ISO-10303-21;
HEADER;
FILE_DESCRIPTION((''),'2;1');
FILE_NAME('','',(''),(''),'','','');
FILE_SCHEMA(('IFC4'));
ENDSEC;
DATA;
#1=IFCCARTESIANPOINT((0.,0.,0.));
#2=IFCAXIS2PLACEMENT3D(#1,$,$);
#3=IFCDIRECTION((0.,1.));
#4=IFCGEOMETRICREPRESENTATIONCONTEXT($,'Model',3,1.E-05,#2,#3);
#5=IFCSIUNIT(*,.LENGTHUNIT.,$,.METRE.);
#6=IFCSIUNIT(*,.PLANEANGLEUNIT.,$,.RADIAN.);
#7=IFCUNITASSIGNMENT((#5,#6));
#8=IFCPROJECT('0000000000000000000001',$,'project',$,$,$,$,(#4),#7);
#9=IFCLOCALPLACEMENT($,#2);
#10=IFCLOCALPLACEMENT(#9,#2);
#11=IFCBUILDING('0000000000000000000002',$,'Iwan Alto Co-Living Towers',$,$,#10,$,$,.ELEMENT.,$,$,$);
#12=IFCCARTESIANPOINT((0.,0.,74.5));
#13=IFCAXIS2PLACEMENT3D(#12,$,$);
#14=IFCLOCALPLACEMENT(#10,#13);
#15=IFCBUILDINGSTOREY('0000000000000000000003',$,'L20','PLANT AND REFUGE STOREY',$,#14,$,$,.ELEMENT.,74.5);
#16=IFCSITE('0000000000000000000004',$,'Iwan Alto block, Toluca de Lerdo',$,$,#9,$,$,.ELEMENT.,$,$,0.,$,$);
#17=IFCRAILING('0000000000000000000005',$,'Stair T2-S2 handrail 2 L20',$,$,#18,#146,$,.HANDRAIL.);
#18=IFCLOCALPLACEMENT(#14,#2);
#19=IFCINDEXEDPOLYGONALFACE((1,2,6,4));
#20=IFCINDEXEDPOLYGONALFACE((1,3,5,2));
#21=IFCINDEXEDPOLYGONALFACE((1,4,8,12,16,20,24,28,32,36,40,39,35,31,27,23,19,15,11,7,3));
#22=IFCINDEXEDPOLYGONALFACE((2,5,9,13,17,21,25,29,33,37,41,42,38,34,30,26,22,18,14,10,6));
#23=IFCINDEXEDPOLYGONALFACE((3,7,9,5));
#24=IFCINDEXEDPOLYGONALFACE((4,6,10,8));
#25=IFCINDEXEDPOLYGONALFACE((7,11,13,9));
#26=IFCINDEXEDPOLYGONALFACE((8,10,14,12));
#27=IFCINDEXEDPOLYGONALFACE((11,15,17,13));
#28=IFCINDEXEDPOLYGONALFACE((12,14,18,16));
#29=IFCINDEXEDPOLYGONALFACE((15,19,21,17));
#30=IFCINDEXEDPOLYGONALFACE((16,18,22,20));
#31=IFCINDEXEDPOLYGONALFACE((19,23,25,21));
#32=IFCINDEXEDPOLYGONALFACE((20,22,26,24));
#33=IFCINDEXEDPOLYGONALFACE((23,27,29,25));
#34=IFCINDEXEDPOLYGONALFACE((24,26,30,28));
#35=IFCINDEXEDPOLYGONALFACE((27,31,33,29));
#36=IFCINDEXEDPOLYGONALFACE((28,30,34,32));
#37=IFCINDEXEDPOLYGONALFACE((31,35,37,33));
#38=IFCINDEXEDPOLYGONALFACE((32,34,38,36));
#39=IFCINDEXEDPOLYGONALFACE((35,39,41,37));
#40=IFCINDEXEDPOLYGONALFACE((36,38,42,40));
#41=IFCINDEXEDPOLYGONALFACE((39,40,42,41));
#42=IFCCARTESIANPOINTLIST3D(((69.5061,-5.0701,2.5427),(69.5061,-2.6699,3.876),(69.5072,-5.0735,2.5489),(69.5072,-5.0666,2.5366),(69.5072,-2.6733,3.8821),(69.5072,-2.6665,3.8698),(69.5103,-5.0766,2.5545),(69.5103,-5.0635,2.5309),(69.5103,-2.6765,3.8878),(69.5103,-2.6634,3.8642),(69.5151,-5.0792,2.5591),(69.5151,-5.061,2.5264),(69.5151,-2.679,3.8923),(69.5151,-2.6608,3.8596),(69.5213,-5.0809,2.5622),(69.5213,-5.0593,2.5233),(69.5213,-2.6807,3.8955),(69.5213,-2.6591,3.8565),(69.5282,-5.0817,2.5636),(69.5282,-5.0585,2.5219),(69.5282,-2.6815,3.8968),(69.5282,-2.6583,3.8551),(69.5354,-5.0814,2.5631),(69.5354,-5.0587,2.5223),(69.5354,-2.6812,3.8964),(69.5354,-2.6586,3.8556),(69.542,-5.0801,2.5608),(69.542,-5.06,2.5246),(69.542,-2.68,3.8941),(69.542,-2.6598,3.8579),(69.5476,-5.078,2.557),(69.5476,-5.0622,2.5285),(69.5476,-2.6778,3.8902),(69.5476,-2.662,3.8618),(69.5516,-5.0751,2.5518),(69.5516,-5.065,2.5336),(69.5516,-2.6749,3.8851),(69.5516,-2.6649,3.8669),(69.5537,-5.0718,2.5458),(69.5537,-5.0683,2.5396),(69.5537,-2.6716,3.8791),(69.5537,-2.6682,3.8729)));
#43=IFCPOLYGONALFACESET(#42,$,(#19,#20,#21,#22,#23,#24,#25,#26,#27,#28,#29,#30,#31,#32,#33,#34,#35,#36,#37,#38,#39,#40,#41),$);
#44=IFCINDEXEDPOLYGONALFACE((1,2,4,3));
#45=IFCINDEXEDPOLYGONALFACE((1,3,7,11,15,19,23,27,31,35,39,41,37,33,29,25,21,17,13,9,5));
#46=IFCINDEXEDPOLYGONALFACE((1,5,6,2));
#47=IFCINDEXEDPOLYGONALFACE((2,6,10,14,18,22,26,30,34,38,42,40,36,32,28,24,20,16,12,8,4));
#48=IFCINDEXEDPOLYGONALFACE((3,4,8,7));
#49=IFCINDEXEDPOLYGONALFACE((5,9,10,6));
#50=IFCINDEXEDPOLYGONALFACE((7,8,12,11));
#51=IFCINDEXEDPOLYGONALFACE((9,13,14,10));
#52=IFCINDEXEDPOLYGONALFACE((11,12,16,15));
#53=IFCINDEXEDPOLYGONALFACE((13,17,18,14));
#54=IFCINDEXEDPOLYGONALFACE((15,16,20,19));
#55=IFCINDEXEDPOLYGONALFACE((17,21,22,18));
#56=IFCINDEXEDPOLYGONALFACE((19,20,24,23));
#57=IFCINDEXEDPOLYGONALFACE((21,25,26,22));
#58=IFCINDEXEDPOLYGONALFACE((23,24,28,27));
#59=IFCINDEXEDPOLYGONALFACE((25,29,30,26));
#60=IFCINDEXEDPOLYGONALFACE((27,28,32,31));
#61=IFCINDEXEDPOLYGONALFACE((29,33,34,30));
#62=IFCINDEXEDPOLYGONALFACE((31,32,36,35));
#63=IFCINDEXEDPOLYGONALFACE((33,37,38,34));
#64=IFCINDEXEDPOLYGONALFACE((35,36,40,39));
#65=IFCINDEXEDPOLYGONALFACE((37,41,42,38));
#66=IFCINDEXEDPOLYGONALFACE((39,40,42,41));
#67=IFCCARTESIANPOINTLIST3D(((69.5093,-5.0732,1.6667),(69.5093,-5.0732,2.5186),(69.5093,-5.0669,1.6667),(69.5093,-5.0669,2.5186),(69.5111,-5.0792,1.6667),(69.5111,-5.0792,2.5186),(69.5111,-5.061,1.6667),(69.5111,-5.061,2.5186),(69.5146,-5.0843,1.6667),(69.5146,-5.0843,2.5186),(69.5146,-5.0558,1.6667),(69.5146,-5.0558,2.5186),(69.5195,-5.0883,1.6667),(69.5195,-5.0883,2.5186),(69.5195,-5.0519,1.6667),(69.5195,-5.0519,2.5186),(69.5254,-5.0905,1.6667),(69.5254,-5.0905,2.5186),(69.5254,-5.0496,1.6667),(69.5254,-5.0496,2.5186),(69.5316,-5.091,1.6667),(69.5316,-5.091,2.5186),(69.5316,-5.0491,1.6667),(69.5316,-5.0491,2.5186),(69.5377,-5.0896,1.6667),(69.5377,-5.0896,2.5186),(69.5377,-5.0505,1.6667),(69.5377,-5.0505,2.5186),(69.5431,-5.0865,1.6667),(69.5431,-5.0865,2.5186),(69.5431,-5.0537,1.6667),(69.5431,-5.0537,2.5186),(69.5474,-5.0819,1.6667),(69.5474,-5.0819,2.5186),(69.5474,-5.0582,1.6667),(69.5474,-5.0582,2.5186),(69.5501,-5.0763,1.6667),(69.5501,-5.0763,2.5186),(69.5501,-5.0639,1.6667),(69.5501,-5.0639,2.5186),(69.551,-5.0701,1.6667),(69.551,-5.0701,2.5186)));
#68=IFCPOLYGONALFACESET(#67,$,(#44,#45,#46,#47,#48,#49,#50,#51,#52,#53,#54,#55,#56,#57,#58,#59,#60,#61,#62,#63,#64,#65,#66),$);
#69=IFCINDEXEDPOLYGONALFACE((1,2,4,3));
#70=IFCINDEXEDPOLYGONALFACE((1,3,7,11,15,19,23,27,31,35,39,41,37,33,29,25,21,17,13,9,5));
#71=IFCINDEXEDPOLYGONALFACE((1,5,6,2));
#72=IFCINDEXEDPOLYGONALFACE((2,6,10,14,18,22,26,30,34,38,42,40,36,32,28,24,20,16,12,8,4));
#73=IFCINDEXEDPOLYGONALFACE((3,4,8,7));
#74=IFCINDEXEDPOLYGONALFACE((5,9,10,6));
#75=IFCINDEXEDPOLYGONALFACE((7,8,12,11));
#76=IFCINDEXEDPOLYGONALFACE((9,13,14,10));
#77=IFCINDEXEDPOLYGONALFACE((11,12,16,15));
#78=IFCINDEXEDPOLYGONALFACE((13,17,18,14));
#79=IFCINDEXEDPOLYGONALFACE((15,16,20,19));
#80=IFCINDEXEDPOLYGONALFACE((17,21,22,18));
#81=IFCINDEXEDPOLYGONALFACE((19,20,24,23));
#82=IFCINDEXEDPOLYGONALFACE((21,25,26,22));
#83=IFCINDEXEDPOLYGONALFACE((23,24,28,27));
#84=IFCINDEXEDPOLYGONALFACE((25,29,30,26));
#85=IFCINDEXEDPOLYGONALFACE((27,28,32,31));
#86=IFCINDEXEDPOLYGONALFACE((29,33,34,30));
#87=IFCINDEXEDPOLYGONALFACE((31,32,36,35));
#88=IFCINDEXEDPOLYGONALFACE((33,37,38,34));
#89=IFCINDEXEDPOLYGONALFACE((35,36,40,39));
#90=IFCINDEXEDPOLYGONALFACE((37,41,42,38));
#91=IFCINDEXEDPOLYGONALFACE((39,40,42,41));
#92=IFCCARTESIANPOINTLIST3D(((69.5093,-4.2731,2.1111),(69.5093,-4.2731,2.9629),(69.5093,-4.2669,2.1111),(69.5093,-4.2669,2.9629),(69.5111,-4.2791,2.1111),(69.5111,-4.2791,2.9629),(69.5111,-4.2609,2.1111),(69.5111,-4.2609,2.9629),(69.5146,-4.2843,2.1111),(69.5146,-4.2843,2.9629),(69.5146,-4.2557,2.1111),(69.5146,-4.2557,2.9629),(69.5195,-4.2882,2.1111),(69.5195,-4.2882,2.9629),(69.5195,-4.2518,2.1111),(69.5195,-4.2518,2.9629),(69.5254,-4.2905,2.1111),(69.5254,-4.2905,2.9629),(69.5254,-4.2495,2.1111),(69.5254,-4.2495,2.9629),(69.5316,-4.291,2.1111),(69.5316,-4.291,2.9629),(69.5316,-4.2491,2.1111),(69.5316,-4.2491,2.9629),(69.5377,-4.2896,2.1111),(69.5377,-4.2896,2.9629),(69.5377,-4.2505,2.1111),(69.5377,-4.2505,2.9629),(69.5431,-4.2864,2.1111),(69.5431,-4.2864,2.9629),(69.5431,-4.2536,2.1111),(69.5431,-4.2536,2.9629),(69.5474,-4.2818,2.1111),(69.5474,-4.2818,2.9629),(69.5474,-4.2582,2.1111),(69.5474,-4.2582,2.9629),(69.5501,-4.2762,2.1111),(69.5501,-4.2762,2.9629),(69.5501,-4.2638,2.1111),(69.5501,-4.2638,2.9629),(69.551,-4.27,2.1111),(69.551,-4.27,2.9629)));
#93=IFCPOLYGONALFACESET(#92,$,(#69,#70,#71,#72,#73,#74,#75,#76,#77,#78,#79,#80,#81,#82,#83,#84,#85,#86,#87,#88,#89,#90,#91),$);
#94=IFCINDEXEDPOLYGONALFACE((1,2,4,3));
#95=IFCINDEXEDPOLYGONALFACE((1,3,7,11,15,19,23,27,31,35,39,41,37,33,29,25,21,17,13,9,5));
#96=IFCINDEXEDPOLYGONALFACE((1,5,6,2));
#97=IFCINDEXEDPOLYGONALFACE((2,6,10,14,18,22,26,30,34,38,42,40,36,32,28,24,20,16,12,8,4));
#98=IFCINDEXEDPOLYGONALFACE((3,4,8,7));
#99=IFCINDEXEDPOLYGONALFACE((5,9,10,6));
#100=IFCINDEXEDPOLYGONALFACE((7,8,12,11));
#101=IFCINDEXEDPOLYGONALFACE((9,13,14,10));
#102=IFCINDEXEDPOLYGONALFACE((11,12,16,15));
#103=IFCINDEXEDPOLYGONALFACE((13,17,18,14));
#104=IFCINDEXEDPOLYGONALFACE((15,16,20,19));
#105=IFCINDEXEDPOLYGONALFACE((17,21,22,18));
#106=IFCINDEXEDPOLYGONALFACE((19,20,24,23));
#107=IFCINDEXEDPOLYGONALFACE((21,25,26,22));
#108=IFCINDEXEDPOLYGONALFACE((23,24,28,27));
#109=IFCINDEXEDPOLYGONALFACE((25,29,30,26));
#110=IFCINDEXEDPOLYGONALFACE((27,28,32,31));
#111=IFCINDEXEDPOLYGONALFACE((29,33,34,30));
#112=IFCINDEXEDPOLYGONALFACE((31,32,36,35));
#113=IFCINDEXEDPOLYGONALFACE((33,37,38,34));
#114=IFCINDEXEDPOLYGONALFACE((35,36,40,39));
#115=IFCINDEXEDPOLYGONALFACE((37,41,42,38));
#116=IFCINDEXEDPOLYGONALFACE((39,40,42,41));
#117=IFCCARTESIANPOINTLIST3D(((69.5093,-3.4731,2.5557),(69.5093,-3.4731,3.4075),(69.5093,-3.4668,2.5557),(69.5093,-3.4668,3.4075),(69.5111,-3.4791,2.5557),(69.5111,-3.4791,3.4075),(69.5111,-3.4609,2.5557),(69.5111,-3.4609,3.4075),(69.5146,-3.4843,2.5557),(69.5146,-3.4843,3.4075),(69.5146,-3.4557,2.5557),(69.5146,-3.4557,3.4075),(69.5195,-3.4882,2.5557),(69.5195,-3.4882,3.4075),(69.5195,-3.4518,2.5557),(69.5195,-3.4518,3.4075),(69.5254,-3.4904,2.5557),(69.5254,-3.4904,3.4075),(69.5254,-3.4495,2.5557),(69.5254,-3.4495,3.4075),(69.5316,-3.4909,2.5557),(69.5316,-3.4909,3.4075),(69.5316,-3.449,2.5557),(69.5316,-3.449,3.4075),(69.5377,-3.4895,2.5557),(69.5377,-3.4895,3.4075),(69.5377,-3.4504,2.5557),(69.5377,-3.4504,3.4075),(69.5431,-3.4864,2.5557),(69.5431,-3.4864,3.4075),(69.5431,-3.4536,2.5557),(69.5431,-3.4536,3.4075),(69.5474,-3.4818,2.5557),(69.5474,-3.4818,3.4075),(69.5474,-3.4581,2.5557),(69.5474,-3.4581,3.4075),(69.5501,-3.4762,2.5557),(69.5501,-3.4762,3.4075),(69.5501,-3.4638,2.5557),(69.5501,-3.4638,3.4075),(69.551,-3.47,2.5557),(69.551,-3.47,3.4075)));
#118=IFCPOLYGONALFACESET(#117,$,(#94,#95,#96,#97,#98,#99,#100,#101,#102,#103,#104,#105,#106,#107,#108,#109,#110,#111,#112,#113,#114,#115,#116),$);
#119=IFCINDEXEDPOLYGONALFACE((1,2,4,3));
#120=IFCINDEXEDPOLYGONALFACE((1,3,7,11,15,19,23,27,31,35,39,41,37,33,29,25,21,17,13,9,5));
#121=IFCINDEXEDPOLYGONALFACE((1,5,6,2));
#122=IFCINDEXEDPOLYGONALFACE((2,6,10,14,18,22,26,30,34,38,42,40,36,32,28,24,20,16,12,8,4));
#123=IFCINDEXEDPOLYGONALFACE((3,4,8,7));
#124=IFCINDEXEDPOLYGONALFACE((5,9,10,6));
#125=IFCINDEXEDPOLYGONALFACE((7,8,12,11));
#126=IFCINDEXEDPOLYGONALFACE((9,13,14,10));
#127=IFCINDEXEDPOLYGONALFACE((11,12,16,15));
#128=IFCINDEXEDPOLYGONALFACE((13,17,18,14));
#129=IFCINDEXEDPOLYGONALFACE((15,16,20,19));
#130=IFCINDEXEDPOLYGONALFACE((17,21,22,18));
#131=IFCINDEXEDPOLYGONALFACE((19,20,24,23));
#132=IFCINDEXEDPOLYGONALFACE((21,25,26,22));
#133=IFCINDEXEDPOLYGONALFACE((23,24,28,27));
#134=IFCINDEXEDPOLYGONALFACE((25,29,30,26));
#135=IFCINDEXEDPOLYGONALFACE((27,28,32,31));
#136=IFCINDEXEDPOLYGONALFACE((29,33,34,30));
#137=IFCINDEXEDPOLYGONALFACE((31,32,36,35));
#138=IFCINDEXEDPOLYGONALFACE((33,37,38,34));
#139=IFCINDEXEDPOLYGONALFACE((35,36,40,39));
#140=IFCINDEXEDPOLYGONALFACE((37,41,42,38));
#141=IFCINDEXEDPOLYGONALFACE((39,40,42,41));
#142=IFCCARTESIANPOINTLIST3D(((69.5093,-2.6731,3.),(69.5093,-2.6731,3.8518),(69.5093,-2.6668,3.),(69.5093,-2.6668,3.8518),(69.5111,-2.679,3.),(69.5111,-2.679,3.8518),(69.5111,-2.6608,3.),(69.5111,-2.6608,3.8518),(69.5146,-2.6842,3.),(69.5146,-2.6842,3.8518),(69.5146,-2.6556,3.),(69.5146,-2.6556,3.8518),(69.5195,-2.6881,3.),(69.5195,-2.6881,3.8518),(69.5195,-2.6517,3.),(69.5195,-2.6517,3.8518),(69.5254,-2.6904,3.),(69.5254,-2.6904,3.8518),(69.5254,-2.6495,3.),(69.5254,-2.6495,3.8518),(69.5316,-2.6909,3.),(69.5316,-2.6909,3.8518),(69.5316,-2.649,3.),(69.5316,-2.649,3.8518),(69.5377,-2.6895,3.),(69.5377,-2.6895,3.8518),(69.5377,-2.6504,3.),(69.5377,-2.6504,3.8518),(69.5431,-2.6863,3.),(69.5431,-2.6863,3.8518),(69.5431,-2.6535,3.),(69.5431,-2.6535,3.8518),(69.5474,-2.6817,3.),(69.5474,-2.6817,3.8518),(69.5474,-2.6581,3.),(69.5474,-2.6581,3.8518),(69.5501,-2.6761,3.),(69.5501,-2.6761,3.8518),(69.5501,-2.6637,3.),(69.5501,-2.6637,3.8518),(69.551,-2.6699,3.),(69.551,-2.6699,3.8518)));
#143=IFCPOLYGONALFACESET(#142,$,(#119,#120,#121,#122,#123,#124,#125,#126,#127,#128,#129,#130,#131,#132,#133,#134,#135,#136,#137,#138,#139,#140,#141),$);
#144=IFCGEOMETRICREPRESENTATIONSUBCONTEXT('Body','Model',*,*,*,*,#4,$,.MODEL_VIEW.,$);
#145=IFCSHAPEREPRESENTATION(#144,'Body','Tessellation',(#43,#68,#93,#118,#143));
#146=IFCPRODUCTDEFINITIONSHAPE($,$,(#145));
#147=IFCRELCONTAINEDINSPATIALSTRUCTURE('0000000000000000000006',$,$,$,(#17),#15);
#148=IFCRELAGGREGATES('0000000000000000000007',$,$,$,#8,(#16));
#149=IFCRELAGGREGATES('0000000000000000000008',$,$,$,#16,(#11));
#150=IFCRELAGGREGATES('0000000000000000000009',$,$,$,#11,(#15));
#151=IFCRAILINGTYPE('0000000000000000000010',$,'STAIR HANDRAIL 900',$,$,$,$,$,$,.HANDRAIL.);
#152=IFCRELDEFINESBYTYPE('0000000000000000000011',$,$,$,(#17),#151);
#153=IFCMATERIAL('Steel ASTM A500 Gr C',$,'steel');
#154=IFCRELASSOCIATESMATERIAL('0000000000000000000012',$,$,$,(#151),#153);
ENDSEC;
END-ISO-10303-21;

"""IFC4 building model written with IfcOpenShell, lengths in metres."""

from ifc_helpers import new_model, si_unit, direction, frame, origin, origin_2d, place, context, subcontext, project, spatial, circle, extrude, material, type_object, element, save


model = new_model("IFC4")

# Units and contexts
model_context = context("Model", 3, precision=1e-05, world=origin(), true_north=direction((0.0, 1.0)))
body_context = subcontext(model_context, "Body", "Model", "MODEL_VIEW")
ifc_project = project(units=[si_unit("LENGTHUNIT", "METRE"), si_unit("PLANEANGLEUNIT", "RADIAN")], contexts=[model_context])

# Site, building, storey
site_placement = place(None, origin())
site = spatial("IfcSite", under=ifc_project, at=site_placement, Name="Iwan Alto block, Toluca de Lerdo", CompositionType="ELEMENT", RefElevation=0.0)
building_placement = place(site_placement, origin())
building = spatial("IfcBuilding", under=site, at=building_placement, Name="Iwan Alto Co-Living Towers", CompositionType="ELEMENT")
storey_placement = place(building_placement, frame((0.0, 0.0, 74.5)))
storey = spatial("IfcBuildingStorey", under=building, at=storey_placement, Name="L20", Description="PLANT AND REFUGE STOREY", CompositionType="ELEMENT", Elevation=74.5)

# Railing
ifc_material_1 = material(Name="Steel ASTM A500 Gr C", Category="steel")
railing_type_1 = type_object("IfcRailingType", Name="STAIR HANDRAIL 900", PredefinedType="HANDRAIL", material=ifc_material_1)
railing_1_placement = place(storey_placement, frame((69.53, -5.0701, 1.6667)))
element("IfcRailing", 1, at=railing_1_placement, inside=storey, type_object=railing_type_1, Name="Stair T2-S2 handrail 2 L20", PredefinedType="HANDRAIL", context=body_context, shape_type="SweptSolid", body=[
    extrude(circle(Radius=0.0239, at=origin_2d()), frame((0.0, 0.0, 0.876), z_axis=(0.0, 0.874182, 0.485598), x_axis=(-1.0, 0.0, 0.0)), (0.0, 0.0, 1.0), 2.7456),
    extrude(circle(Radius=0.021, at=origin_2d()), origin(), (0.0, 0.0, 1.0), 0.8518),
    extrude(circle(Radius=0.021, at=origin_2d()), frame((0.0, 0.8, 0.4443)), (0.0, 0.0, 1.0), 0.8518),
    extrude(circle(Radius=0.021, at=origin_2d()), frame((0.0, 1.6001, 0.8889)), (0.0, 0.0, 1.0), 0.8518),
    extrude(circle(Radius=0.021, at=origin_2d()), frame((0.0, 2.4001, 1.3333)), (0.0, 0.0, 1.0), 0.8518),
])

save(model, "model.ifc")
